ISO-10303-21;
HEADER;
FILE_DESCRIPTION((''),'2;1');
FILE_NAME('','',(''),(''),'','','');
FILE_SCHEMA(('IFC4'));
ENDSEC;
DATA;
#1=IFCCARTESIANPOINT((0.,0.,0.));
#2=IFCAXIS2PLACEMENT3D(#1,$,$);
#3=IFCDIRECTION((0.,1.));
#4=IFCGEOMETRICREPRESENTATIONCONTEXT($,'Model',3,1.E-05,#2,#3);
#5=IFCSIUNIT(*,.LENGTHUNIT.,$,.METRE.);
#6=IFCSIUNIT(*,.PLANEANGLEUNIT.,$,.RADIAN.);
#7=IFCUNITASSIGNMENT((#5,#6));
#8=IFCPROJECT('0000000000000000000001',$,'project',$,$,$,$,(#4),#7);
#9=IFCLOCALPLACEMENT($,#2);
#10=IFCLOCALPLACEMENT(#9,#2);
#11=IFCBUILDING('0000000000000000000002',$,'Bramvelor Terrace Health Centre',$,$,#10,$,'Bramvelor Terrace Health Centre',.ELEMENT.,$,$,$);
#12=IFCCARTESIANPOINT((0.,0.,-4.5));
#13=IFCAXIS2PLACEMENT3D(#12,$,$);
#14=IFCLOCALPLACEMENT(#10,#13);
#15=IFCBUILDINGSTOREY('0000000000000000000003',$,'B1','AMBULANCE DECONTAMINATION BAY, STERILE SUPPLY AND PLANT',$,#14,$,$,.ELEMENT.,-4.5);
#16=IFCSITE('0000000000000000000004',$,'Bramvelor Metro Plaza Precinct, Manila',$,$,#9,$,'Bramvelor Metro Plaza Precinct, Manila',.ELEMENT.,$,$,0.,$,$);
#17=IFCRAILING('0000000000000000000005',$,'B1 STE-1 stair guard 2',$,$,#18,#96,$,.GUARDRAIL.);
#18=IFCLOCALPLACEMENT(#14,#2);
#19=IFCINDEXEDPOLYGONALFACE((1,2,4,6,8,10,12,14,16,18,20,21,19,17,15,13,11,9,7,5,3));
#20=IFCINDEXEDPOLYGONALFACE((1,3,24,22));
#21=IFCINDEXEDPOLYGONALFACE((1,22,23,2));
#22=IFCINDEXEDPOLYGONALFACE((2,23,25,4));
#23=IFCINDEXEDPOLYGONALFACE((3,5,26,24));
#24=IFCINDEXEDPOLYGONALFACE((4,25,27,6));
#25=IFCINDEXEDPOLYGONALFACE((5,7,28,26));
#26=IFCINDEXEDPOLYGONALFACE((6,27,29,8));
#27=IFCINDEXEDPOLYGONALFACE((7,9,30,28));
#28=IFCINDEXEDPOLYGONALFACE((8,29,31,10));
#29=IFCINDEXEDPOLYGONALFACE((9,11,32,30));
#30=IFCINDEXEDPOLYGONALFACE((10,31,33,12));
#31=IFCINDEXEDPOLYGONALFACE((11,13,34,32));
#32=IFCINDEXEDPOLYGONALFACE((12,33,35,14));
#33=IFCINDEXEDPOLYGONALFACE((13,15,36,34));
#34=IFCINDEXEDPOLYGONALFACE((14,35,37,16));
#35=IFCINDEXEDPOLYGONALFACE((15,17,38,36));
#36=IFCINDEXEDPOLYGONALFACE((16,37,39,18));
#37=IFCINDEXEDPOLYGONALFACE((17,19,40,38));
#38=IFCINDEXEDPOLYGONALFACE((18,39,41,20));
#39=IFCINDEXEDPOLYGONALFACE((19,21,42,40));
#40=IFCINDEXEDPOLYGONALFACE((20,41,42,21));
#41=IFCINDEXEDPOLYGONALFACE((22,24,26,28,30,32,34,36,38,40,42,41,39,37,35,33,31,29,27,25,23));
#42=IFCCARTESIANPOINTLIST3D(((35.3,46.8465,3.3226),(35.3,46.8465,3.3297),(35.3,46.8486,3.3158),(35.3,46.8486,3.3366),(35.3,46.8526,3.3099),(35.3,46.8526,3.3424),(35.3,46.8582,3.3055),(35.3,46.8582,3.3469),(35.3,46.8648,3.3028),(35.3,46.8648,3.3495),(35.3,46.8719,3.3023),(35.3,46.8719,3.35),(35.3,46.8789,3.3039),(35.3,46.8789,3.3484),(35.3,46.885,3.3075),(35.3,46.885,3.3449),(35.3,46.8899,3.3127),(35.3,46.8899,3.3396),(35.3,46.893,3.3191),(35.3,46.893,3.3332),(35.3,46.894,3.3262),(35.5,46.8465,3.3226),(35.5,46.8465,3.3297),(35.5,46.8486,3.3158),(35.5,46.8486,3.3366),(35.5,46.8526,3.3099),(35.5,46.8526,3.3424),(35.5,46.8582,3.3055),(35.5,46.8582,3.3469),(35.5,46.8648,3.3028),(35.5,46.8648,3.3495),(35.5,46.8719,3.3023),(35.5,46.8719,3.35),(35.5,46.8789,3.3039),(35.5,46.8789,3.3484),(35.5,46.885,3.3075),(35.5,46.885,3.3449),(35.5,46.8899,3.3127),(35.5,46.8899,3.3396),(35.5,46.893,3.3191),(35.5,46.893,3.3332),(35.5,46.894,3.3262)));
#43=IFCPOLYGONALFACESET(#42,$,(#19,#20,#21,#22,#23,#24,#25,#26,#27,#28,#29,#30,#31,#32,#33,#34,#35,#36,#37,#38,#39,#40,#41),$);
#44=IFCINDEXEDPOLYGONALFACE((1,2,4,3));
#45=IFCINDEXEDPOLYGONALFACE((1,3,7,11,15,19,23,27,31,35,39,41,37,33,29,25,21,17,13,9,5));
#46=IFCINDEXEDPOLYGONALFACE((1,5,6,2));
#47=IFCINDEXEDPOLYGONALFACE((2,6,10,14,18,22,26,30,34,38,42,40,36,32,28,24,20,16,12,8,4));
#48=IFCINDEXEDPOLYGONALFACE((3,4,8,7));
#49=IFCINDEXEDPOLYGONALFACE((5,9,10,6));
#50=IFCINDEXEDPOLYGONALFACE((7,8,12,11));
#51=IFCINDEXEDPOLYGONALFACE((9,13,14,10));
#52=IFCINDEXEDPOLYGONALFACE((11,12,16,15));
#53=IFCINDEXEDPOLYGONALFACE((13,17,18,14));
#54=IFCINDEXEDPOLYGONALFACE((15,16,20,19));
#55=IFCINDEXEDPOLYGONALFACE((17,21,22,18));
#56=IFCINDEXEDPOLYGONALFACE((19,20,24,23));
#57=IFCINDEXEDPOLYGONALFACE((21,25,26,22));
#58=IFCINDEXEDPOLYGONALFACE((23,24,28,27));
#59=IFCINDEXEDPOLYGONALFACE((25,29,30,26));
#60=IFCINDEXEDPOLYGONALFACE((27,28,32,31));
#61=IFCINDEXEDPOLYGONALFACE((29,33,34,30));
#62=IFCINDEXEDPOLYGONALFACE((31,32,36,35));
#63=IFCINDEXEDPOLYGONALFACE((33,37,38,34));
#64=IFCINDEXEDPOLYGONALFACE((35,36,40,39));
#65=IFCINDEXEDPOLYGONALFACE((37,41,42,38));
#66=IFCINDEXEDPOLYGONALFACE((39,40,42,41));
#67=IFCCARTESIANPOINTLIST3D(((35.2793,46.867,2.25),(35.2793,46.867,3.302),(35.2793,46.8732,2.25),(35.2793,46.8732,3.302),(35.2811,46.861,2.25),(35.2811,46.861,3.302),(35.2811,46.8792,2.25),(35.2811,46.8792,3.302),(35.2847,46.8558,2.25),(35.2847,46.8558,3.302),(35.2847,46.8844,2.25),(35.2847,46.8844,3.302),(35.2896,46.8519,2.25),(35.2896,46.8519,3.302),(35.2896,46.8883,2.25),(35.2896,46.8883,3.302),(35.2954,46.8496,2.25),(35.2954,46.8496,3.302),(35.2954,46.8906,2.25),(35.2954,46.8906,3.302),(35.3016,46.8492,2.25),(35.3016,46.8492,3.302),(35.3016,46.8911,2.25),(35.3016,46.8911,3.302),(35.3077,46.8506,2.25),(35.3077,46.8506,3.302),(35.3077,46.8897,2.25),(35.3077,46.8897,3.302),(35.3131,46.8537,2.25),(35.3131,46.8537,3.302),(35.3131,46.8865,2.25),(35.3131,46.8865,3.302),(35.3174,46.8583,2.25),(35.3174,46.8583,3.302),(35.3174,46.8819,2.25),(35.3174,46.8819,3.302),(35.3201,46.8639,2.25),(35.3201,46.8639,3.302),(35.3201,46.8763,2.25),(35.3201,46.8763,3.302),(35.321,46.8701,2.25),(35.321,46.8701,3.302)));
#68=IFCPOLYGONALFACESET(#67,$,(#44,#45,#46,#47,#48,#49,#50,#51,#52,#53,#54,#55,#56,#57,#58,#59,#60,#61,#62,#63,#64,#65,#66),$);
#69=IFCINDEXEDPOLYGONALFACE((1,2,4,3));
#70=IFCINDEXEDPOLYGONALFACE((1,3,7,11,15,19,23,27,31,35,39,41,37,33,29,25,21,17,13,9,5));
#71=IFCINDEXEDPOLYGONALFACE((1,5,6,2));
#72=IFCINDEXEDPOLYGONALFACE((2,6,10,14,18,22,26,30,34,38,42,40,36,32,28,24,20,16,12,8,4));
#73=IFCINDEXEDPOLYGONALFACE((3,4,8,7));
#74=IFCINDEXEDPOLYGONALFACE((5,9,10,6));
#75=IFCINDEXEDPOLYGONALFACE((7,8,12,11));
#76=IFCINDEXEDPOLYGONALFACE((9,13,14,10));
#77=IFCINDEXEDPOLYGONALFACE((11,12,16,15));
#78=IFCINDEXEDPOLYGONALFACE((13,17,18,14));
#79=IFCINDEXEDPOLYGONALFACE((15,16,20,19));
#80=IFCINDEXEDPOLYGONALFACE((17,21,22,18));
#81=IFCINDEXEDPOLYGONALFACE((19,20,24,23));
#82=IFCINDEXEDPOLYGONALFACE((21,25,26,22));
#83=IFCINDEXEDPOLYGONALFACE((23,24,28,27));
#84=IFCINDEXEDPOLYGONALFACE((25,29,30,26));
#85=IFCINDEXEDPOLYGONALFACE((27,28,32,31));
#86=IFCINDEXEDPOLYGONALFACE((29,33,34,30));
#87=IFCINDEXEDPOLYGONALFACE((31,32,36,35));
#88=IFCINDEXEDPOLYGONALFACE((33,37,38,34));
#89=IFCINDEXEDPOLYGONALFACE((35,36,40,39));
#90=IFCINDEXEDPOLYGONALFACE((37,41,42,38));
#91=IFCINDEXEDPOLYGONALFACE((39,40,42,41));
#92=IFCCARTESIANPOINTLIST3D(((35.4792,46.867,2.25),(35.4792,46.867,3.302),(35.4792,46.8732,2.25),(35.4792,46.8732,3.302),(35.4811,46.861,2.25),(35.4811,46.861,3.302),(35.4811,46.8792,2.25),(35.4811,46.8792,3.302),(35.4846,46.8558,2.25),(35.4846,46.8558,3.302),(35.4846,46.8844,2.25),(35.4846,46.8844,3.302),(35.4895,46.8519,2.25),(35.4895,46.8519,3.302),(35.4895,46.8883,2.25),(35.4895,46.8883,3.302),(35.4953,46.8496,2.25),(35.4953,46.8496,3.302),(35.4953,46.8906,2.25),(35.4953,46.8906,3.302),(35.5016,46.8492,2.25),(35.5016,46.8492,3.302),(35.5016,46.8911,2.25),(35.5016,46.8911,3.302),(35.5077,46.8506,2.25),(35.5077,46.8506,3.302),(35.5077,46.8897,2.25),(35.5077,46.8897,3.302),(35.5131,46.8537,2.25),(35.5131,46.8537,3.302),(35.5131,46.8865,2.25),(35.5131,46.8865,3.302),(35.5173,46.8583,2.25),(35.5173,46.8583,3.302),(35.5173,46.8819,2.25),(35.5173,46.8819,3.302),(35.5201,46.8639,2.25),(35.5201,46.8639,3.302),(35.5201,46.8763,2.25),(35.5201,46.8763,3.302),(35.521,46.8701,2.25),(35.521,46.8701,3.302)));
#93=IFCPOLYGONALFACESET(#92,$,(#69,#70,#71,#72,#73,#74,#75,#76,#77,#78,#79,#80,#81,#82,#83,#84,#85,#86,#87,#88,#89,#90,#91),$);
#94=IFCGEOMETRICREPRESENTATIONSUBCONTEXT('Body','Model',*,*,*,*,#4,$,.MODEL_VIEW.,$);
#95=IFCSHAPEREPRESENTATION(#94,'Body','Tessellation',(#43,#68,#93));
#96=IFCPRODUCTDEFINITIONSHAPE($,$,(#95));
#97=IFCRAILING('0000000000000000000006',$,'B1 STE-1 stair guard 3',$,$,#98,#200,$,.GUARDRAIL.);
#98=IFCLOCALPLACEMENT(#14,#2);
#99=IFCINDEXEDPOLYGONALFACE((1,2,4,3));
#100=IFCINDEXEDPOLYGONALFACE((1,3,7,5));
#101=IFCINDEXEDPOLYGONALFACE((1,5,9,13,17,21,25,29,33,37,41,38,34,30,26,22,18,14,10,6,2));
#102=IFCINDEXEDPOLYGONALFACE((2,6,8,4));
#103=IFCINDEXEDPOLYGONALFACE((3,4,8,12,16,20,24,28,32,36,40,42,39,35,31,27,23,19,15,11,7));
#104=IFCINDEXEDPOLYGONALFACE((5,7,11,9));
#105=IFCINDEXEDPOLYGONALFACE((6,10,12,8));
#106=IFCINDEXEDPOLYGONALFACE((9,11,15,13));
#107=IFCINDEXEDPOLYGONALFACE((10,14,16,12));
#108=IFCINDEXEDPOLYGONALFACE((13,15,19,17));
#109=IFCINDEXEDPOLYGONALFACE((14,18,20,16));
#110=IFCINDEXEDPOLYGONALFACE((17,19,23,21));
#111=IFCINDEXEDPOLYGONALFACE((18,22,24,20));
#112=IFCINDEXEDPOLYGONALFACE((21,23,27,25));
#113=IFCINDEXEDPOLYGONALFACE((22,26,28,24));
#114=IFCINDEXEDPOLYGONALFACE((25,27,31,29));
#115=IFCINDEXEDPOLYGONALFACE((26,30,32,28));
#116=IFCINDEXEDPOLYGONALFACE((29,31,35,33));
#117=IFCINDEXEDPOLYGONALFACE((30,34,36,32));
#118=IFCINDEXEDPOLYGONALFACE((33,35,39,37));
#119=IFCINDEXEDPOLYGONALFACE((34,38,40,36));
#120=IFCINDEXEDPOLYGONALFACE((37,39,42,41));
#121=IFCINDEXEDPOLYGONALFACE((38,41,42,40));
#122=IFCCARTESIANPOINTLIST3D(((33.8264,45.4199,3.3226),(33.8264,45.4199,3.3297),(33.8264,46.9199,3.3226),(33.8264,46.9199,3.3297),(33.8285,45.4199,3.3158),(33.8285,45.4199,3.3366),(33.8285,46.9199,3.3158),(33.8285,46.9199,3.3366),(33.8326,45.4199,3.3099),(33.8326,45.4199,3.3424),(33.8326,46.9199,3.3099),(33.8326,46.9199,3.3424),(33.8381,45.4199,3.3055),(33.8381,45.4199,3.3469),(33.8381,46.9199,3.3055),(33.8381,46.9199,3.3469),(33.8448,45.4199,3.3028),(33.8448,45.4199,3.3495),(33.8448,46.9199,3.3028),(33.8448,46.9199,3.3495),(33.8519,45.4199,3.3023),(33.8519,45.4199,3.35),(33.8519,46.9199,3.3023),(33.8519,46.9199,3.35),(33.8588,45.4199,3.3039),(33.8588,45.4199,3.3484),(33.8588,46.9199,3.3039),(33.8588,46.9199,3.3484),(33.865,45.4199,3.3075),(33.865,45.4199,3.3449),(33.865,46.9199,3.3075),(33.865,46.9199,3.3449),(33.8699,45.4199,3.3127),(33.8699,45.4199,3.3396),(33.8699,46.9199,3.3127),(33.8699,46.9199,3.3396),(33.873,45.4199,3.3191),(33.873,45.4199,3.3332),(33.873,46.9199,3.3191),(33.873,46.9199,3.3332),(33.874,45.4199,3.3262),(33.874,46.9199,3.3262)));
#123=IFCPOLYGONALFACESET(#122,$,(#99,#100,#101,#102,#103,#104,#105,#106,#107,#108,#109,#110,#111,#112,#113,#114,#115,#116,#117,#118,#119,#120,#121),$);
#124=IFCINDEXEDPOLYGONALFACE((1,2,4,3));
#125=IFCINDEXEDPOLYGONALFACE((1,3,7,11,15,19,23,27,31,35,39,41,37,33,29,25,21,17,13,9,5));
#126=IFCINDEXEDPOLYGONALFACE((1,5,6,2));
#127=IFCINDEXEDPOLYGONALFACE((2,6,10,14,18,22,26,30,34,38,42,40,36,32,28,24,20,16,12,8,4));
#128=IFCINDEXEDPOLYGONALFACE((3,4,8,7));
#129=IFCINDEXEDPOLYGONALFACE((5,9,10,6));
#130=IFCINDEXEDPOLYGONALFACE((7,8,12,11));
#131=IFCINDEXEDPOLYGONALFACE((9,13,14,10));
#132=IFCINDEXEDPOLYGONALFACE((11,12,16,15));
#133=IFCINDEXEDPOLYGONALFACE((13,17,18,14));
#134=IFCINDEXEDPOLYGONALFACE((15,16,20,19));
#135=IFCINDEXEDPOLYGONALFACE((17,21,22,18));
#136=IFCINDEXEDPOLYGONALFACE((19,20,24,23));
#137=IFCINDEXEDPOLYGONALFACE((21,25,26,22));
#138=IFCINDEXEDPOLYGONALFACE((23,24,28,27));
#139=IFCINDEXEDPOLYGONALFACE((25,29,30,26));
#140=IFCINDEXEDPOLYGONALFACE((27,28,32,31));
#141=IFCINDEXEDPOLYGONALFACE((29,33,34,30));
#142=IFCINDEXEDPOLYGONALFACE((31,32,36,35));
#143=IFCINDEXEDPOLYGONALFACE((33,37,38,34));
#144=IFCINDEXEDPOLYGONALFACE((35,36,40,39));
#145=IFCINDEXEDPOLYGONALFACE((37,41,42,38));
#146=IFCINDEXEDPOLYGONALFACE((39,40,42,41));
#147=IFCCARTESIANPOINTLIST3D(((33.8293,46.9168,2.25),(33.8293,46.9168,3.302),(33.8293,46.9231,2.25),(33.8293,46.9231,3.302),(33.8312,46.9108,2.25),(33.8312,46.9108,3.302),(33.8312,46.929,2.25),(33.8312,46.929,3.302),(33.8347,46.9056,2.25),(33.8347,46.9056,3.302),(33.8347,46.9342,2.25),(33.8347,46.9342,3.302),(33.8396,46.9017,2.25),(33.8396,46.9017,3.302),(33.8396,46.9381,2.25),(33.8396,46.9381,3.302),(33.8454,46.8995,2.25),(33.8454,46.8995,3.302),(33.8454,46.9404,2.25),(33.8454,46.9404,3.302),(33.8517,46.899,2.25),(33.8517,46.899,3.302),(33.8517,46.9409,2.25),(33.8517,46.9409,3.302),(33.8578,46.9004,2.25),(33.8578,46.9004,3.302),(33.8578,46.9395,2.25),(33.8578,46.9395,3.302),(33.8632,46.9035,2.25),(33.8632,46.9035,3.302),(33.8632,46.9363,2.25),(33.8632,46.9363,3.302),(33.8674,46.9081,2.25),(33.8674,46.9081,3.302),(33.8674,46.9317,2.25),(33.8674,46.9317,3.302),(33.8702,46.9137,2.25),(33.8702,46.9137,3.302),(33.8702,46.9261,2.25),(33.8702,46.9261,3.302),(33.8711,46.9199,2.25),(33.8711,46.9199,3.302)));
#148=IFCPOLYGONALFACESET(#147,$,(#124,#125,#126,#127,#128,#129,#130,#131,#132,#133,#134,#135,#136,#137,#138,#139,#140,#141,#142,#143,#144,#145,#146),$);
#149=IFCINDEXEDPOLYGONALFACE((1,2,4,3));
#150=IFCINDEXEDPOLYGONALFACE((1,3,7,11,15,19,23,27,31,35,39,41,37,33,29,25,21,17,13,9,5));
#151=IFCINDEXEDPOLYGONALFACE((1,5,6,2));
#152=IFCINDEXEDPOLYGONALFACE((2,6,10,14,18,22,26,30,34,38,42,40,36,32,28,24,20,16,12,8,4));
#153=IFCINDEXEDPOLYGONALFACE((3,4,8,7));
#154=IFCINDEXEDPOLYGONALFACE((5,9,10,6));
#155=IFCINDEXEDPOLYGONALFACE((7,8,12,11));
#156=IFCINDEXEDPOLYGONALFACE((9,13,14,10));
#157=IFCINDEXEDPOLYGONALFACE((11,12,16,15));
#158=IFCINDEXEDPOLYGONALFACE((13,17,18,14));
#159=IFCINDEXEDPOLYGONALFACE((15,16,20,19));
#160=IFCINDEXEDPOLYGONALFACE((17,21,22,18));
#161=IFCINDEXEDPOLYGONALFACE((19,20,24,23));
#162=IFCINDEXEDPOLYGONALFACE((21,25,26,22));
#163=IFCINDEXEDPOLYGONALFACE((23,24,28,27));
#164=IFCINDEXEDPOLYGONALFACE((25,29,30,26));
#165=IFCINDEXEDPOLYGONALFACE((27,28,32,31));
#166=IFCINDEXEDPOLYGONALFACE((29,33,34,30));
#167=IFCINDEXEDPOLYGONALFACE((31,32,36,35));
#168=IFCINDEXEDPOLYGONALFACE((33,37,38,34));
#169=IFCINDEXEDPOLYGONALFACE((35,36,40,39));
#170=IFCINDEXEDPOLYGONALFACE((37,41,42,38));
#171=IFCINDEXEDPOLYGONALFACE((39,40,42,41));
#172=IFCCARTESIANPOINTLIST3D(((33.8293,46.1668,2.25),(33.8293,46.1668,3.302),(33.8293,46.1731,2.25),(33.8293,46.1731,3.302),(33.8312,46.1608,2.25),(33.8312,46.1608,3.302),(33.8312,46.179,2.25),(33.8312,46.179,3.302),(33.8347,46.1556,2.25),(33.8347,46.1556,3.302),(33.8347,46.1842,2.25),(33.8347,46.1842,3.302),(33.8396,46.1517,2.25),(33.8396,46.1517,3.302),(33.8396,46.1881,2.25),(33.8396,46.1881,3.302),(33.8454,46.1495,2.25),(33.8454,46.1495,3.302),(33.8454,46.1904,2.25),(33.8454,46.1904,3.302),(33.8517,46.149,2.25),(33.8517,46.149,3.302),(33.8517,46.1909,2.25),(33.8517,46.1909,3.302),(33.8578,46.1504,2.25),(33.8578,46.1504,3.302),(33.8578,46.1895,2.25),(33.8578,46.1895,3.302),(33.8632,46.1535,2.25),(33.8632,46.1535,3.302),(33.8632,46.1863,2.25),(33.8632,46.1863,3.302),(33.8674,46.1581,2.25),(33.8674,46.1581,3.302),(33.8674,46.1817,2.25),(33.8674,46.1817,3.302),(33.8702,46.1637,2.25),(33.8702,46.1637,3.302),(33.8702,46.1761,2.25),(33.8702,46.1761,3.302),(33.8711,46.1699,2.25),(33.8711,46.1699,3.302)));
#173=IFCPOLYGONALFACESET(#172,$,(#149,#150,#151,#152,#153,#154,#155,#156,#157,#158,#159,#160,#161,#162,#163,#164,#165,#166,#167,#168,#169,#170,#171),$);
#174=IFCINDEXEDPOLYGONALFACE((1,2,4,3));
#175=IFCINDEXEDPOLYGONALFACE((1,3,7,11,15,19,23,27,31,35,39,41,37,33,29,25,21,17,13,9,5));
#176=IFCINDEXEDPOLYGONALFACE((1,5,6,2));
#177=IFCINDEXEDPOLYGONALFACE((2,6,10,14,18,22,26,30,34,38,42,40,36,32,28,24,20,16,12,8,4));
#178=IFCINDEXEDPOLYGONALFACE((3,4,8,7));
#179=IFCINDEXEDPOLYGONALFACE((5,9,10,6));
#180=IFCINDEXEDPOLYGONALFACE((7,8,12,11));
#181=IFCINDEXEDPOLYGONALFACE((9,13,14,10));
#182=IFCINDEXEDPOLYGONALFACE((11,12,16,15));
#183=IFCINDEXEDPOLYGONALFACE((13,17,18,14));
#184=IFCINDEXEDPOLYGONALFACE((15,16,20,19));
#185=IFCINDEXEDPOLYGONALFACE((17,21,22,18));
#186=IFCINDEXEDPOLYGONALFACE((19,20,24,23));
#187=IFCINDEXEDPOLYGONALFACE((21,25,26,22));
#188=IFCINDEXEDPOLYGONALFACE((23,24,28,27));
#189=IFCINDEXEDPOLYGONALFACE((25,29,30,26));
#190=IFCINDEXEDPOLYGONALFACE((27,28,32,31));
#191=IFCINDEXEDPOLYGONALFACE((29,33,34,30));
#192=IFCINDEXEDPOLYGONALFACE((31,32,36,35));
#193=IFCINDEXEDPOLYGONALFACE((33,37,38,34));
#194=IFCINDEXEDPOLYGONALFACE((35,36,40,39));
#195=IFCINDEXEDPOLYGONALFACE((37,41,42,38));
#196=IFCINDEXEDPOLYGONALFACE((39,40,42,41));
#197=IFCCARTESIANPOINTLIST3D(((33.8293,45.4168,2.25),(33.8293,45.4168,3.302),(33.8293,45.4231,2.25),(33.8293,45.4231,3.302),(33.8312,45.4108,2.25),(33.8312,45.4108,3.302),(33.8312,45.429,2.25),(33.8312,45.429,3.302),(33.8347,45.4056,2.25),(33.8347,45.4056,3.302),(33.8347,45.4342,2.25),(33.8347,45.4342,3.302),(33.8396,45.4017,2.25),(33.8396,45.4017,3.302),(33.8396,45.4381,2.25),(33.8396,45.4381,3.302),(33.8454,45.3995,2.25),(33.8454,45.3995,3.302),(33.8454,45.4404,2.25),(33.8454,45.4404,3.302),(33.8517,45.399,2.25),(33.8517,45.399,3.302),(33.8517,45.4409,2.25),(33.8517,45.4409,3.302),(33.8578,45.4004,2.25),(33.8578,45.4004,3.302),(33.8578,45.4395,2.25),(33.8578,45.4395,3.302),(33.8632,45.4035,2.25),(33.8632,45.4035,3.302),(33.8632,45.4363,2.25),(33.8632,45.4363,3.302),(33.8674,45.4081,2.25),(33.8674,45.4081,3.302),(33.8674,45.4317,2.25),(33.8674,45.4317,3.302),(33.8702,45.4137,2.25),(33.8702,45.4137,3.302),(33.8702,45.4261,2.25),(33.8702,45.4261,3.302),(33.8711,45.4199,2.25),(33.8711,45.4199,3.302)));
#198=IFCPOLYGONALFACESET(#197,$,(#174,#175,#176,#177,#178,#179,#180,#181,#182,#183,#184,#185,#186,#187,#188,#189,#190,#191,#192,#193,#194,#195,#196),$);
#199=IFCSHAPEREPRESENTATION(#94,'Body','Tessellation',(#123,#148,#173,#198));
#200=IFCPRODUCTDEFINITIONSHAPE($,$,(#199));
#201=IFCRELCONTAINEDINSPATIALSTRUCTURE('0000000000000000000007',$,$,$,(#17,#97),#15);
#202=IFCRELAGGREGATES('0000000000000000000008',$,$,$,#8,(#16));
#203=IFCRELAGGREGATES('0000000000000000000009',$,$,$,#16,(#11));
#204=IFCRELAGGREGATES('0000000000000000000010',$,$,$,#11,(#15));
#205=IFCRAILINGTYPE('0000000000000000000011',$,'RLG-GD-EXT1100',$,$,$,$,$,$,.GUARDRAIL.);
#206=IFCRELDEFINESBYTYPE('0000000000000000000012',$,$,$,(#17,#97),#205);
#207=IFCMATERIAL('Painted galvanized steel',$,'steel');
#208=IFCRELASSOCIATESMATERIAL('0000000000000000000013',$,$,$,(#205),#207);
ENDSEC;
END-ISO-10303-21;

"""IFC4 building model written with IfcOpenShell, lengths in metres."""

from ifc_helpers import new_model, si_unit, direction, frame, origin, origin_2d, place, context, subcontext, project, spatial, circle, extrude, material, type_object, element, save


model = new_model("IFC4")

# Units and contexts
model_context = context("Model", 3, precision=1e-05, world=origin(), true_north=direction((0.0, 1.0)))
body_context = subcontext(model_context, "Body", "Model", "MODEL_VIEW")
ifc_project = project(units=[si_unit("LENGTHUNIT", "METRE"), si_unit("PLANEANGLEUNIT", "RADIAN")], contexts=[model_context])

# Site, building, storey
site_placement = place(None, origin())
site = spatial("IfcSite", under=ifc_project, at=site_placement, Name="Bramvelor Metro Plaza Precinct, Manila", LongName="Bramvelor Metro Plaza Precinct, Manila", CompositionType="ELEMENT", RefElevation=0.0)
building_placement = place(site_placement, origin())
building = spatial("IfcBuilding", under=site, at=building_placement, Name="Bramvelor Terrace Health Centre", LongName="Bramvelor Terrace Health Centre", CompositionType="ELEMENT")
storey_placement = place(building_placement, frame((0.0, 0.0, -4.5)))
storey = spatial("IfcBuildingStorey", under=building, at=storey_placement, Name="B1", Description="AMBULANCE DECONTAMINATION BAY, STERILE SUPPLY AND PLANT", CompositionType="ELEMENT", Elevation=-4.5)

# Railings
ifc_material_1 = material(Name="Painted galvanized steel", Category="steel")
railing_type_1 = type_object("IfcRailingType", Name="RLG-GD-EXT1100", PredefinedType="GUARDRAIL", material=ifc_material_1)
railing_1_placement = place(storey_placement, frame((35.3, 46.8701, 2.25)))
element("IfcRailing", 1, at=railing_1_placement, inside=storey, type_object=railing_type_1, Name="B1 STE-1 stair guard 2", PredefinedType="GUARDRAIL", context=body_context, shape_type="SweptSolid", body=[
    extrude(circle(Radius=0.0239, at=origin_2d()), frame((0.0, 0.0, 1.0762), z_axis=(1.0, 0.0, 0.0), x_axis=(0.0, 1.0, 0.0)), (0.0, 0.0, 1.0), 0.2),
    extrude(circle(Radius=0.021, at=origin_2d()), origin(), (0.0, 0.0, 1.0), 1.052),
    extrude(circle(Radius=0.021, at=origin_2d()), frame((0.2, 0.0, 0.0)), (0.0, 0.0, 1.0), 1.052),
])
for number, where, name in (
    (2, (33.8501, 46.9199, 2.25), "B1 STE-1 stair guard 3"),
):
    element("IfcRailing", number, at=place(storey_placement, frame(where)), inside=storey, type_object=railing_type_1, Name=name, PredefinedType="GUARDRAIL", context=body_context, shape_type="SweptSolid", body=[
        extrude(circle(Radius=0.0239, at=origin_2d()), frame((0.0, 0.0, 1.0762), z_axis=(0.0, -1.0, 0.0), x_axis=(1.0, 0.0, 0.0)), (0.0, 0.0, 1.0), 1.5),
        extrude(circle(Radius=0.021, at=origin_2d()), origin(), (0.0, 0.0, 1.0), 1.052),
        extrude(circle(Radius=0.021, at=origin_2d()), frame((0.0, -0.75, 0.0)), (0.0, 0.0, 1.0), 1.052),
        extrude(circle(Radius=0.021, at=origin_2d()), frame((0.0, -1.5, 0.0)), (0.0, 0.0, 1.0), 1.052),
    ])

save(model, "model.ifc")
